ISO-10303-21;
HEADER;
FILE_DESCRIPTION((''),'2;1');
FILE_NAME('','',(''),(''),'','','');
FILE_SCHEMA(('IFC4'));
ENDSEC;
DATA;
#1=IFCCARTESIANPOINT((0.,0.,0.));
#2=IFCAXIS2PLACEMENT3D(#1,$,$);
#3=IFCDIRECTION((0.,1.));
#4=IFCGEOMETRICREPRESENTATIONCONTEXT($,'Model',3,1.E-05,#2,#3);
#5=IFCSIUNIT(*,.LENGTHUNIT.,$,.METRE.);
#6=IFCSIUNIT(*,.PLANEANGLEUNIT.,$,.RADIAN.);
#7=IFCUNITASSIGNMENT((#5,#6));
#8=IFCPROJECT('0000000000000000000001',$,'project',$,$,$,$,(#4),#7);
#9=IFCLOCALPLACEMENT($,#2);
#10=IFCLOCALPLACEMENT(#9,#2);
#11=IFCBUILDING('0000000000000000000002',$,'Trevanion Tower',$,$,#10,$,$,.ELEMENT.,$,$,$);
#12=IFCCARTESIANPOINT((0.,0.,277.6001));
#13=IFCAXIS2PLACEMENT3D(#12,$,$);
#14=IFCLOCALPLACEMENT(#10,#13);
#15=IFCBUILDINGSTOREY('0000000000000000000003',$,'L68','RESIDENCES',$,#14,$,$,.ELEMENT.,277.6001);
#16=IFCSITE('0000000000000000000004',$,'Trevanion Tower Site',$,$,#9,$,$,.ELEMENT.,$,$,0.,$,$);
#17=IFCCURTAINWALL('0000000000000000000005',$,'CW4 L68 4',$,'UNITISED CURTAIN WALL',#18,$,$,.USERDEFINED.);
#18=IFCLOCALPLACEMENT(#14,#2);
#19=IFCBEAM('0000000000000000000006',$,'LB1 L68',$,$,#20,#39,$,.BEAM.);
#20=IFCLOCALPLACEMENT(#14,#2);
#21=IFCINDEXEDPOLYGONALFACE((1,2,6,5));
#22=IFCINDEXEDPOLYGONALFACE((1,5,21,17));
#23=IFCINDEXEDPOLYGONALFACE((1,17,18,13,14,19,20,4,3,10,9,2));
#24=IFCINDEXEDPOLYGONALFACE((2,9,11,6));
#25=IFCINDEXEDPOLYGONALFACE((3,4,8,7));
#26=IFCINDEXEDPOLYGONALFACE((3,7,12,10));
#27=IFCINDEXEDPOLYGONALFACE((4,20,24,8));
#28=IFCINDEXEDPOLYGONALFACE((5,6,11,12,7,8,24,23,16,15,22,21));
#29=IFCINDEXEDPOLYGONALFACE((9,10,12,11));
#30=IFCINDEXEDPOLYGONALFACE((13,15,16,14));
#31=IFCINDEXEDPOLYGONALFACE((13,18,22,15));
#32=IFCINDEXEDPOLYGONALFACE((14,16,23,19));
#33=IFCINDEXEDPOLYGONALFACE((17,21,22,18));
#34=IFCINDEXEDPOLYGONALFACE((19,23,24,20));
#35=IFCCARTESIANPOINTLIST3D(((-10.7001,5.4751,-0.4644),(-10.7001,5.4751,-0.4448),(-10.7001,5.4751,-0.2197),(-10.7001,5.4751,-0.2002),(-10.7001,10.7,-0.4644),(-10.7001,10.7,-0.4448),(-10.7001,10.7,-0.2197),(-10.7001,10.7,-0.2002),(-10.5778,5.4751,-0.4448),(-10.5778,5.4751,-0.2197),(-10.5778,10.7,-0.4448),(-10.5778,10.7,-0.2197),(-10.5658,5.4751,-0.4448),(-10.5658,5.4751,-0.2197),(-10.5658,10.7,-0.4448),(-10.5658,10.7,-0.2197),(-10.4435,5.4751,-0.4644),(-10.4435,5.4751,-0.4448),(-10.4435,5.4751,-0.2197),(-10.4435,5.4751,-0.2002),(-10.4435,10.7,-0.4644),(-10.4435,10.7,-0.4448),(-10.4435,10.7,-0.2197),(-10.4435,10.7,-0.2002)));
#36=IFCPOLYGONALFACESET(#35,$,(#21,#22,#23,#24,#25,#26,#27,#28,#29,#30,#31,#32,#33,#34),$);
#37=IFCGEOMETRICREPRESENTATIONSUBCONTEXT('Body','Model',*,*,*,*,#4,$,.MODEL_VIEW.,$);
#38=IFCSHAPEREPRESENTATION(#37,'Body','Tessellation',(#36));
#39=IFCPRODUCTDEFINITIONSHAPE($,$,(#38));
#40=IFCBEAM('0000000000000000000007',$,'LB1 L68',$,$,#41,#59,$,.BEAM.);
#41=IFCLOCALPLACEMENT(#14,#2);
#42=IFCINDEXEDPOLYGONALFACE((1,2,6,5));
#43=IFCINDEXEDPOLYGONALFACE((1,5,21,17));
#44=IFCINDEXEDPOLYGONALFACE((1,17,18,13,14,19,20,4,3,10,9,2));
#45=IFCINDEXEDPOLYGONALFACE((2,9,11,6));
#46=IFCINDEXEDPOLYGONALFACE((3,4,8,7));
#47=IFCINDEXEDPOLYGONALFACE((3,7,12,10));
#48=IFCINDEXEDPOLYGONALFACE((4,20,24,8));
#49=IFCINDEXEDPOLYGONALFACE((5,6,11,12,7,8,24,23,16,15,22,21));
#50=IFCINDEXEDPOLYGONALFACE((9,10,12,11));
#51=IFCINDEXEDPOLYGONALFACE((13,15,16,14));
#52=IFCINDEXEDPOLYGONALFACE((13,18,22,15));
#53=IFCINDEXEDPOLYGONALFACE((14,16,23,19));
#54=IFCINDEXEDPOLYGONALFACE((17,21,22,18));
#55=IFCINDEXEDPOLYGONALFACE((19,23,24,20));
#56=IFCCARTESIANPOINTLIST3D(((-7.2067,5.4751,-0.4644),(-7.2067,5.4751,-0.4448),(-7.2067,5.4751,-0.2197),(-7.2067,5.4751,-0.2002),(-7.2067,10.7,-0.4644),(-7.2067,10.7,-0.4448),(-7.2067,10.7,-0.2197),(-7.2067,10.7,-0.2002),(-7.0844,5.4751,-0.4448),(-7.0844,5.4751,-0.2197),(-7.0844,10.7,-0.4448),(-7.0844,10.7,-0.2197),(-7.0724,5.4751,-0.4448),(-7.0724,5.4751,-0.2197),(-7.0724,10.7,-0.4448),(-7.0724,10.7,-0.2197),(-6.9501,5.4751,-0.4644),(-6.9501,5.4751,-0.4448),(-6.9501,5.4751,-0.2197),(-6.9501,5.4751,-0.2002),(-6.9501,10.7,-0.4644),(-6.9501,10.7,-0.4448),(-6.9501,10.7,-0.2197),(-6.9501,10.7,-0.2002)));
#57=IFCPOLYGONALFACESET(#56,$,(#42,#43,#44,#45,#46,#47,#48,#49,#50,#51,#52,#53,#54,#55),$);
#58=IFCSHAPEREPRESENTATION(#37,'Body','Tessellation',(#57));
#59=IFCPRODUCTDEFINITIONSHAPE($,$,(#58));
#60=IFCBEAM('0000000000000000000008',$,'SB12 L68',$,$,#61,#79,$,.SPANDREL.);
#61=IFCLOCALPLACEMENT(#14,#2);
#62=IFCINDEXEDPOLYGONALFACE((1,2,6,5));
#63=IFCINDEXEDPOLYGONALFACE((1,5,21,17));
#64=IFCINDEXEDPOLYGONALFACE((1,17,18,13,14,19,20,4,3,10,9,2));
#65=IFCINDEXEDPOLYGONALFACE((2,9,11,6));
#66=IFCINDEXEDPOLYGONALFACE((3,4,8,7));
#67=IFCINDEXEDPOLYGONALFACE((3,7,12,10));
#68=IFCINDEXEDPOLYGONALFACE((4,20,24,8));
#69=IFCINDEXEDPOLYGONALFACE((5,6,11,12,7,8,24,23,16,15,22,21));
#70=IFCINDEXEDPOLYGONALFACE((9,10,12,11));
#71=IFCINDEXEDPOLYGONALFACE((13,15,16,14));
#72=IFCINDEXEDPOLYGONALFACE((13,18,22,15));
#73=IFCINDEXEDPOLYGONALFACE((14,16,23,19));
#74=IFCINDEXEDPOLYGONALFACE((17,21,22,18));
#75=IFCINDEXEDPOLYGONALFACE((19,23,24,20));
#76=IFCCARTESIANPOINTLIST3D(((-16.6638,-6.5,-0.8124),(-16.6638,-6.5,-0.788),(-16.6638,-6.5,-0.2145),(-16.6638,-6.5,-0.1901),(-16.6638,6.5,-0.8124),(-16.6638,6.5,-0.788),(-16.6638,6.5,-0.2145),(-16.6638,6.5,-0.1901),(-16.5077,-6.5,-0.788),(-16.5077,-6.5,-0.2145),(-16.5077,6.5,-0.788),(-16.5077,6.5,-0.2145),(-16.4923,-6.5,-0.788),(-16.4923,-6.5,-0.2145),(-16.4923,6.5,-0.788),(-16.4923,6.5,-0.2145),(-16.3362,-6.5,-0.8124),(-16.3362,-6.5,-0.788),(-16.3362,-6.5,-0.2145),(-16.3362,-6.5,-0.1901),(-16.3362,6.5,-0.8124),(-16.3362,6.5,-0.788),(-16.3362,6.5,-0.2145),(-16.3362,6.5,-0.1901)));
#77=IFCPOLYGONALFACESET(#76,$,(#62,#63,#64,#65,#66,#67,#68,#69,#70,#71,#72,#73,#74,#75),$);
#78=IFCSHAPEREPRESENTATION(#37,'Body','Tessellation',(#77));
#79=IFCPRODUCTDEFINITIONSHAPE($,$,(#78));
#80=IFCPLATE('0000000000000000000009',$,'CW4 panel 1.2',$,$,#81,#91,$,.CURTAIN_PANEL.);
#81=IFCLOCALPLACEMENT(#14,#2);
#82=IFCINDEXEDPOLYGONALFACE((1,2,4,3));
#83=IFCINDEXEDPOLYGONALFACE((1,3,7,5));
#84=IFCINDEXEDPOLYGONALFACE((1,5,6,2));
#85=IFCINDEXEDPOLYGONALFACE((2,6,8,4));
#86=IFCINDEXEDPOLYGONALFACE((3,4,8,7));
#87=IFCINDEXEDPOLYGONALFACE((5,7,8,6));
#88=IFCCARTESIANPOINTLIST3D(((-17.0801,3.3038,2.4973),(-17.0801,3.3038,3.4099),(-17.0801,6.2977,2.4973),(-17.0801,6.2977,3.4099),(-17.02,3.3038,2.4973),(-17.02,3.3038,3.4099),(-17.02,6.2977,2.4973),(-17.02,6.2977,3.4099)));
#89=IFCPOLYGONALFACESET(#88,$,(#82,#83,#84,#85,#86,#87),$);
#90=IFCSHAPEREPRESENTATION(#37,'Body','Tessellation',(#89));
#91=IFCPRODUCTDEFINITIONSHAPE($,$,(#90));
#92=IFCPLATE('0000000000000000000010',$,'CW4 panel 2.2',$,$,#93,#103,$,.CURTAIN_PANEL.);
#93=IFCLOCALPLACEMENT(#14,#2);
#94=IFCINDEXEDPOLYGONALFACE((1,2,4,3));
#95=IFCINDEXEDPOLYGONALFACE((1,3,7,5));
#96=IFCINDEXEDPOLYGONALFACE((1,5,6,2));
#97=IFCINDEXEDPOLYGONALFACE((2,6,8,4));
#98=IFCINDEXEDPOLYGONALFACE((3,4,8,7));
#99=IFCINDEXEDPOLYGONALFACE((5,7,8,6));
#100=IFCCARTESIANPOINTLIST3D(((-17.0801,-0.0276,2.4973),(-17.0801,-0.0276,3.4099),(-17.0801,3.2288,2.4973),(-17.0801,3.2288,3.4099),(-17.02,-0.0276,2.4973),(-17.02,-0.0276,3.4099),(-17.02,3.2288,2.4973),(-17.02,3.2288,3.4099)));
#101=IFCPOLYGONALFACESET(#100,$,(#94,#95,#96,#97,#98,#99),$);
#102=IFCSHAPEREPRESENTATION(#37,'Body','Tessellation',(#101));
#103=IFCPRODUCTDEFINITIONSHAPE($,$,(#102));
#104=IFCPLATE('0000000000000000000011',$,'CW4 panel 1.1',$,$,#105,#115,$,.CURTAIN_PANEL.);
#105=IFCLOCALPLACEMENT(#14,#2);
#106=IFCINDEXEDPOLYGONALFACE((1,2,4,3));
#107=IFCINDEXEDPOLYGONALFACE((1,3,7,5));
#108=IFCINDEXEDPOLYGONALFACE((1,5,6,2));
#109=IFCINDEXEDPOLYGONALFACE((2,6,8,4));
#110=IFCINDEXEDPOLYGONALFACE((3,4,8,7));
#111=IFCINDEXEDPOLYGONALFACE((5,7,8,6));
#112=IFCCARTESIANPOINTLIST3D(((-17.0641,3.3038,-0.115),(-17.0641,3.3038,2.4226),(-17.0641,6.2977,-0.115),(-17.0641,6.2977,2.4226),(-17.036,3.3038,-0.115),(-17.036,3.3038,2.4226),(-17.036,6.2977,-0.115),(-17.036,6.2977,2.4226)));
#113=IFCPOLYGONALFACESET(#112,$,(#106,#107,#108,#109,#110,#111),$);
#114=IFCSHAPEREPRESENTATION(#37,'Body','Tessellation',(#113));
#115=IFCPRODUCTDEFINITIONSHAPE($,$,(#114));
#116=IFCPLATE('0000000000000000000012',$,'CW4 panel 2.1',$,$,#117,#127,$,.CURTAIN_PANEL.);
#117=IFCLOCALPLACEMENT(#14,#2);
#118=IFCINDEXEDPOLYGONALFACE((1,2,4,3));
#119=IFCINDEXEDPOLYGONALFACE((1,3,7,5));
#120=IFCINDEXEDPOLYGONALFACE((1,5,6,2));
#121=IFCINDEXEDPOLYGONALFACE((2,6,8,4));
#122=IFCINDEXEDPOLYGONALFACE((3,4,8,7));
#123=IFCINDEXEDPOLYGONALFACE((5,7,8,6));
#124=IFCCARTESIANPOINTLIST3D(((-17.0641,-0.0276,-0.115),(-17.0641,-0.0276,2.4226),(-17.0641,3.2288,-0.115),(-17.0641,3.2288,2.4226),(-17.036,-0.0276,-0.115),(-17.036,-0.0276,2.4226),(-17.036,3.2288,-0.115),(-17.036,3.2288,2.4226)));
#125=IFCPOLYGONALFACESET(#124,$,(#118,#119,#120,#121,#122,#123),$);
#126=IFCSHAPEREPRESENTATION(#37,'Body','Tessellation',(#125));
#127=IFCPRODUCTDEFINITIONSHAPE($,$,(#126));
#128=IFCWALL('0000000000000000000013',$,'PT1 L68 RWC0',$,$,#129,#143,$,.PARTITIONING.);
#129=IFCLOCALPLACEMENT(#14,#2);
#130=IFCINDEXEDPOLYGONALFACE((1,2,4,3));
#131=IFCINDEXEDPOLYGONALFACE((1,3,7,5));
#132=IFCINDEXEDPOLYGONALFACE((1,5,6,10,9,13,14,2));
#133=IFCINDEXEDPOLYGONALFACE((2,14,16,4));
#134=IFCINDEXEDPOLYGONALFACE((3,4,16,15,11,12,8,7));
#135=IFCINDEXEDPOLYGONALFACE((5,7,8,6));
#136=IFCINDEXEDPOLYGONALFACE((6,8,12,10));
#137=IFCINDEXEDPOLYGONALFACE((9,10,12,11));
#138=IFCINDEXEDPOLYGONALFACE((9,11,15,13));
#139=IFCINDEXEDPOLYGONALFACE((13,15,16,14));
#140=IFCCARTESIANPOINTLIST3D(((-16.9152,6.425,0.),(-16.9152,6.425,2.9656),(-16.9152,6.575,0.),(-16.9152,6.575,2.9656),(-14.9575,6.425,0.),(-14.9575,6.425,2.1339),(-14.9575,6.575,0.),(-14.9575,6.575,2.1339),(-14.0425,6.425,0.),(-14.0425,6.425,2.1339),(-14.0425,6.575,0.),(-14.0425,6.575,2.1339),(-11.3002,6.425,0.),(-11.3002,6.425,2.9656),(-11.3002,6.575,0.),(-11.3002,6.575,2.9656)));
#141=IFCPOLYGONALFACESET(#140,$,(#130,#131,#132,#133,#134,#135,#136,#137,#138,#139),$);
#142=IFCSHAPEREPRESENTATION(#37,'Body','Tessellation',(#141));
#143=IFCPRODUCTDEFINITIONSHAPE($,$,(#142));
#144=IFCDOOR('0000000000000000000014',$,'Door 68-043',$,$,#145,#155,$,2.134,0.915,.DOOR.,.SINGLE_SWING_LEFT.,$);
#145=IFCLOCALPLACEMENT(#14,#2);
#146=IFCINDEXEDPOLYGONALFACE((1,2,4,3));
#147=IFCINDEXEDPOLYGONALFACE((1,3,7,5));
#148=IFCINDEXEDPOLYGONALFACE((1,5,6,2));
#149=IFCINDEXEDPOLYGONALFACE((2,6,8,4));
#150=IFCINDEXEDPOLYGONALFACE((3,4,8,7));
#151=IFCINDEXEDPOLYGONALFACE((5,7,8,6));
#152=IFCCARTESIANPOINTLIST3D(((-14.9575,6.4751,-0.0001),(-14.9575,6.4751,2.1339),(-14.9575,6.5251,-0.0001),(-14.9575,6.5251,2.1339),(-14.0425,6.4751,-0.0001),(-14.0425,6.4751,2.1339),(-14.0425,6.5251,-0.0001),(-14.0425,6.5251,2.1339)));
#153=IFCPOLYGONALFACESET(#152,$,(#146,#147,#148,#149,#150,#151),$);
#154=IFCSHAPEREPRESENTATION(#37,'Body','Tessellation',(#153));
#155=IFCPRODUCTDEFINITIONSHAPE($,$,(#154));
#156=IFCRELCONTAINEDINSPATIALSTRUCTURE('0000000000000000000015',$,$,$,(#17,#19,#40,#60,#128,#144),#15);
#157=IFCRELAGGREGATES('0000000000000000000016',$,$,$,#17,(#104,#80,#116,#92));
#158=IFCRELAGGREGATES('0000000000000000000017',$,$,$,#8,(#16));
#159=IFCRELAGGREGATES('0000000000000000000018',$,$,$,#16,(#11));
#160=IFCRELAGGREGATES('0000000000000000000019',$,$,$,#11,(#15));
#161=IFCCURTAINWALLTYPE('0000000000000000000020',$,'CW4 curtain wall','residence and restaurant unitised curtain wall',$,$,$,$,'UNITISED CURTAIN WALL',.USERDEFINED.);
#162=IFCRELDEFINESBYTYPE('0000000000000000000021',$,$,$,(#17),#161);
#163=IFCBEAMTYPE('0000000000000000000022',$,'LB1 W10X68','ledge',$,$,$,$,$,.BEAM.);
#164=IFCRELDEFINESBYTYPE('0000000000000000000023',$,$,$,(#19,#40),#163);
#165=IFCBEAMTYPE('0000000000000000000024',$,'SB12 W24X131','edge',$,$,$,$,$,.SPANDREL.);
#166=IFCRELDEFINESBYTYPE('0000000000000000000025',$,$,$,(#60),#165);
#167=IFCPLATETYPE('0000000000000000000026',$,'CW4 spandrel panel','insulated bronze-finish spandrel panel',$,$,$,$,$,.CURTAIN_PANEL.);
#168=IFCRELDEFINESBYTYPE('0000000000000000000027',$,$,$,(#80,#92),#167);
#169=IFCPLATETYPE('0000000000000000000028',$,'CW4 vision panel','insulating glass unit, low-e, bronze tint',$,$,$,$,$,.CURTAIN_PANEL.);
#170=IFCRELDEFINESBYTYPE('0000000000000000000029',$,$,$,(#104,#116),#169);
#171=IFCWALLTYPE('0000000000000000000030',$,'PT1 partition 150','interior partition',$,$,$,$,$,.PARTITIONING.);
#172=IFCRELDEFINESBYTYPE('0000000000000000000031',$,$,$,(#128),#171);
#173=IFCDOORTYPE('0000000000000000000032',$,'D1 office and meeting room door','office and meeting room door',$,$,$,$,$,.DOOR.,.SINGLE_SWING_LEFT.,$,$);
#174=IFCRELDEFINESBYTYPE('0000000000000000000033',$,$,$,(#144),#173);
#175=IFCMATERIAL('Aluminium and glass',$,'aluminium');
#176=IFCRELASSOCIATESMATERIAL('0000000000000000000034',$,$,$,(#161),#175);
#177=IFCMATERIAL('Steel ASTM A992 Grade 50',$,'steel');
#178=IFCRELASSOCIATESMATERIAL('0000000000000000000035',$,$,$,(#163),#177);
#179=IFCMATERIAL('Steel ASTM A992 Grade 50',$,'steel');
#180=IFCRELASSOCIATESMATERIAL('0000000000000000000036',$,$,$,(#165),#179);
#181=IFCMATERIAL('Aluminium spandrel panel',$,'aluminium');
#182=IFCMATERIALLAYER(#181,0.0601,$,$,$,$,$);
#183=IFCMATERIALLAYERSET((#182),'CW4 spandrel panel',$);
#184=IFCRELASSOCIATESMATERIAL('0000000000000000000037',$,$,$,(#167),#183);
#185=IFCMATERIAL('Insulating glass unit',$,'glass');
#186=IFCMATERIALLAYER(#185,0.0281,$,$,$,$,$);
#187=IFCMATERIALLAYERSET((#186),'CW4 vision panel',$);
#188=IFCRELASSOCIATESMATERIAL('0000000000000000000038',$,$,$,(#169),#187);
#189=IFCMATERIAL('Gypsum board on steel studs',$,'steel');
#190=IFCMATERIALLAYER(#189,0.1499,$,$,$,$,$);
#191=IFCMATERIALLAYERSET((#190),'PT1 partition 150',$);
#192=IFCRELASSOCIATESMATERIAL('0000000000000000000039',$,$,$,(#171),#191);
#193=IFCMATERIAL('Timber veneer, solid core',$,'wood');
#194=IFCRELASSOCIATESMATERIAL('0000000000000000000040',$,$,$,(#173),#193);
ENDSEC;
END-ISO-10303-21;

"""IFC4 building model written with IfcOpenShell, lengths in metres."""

from ifc_helpers import new_model, si_unit, direction, frame, frame_2d, origin, origin_2d, place, context, subcontext, project, spatial, rectangle, i_section, extrude, material, layer, layer_set, material_profile, profile_set, type_object, element, fill, aggregate, save


model = new_model("IFC4")

# Units and contexts
model_context = context("Model", 3, precision=1e-05, world=origin(), true_north=direction((0.0, 1.0)))
body_context = subcontext(model_context, "Body", "Model", "MODEL_VIEW")
ifc_project = project(units=[si_unit("LENGTHUNIT", "METRE"), si_unit("PLANEANGLEUNIT", "RADIAN")], contexts=[model_context])

# Site, building, storey
site_placement = place(None, origin())
site = spatial("IfcSite", under=ifc_project, at=site_placement, Name="Trevanion Tower Site", CompositionType="ELEMENT", RefElevation=0.0)
building_placement = place(site_placement, origin())
building = spatial("IfcBuilding", under=site, at=building_placement, Name="Trevanion Tower", CompositionType="ELEMENT")
storey_placement = place(building_placement, frame((0.0, 0.0, 277.6001)))
storey = spatial("IfcBuildingStorey", under=building, at=storey_placement, Name="L68", Description="RESIDENCES", CompositionType="ELEMENT", Elevation=277.6001)

# Curtain wall
ifc_material_1 = material(Name="Aluminium and glass", Category="aluminium")
curtain_wall_type = type_object("IfcCurtainWallType", Name="CW4 curtain wall", Description="residence and restaurant unitised curtain wall", ElementType="UNITISED CURTAIN WALL", PredefinedType="USERDEFINED", material=ifc_material_1)
curtain_wall_1_placement = place(storey_placement, origin())
curtain_wall_1 = element("IfcCurtainWall", 1, at=curtain_wall_1_placement, inside=storey, type_object=curtain_wall_type, Name="CW4 L68 4", ObjectType="UNITISED CURTAIN WALL", PredefinedType="USERDEFINED")

# Beams
ifc_material_2 = material(Name="Steel ASTM A992 Grade 50", Category="steel")
ifc_material_profile_1 = material_profile(ifc_material_2, i_section(OverallWidth=0.2566, OverallDepth=0.2642, WebThickness=0.012, FlangeThickness=0.0195, at=origin_2d()), Name="W10X68")
ifc_profile_set_1 = profile_set([ifc_material_profile_1], Name="Steel ASTM A992 Grade 50")
beam_type_1 = type_object("IfcBeamType", Name="LB1 W10X68", Description="ledge", PredefinedType="BEAM", material=ifc_profile_set_1)
for number, where, z_axis, x_axis, name in (
    (2, (-10.5718, 5.4751, -0.3323), (0.0, 1.0, 0.0), (-1.0, 0.0, 0.0), "LB1 L68"),
    (3, (-7.0784, 5.4751, -0.3323), (0.0, 1.0, 0.0), (-1.0, 0.0, 0.0), "LB1 L68"),
):
    element("IfcBeam", number, at=place(storey_placement, frame(where, z_axis=z_axis, x_axis=x_axis)), inside=storey, type_object=beam_type_1, Name=name, PredefinedType="BEAM", context=body_context, shape_type="SweptSolid", body=[
        extrude(i_section(OverallWidth=0.2566, OverallDepth=0.2642, WebThickness=0.012, FlangeThickness=0.0195, at=origin_2d()), origin(), (0.0, 0.0, 1.0), 5.2249),
    ])
ifc_material_3 = material(Name="Steel ASTM A992 Grade 50", Category="steel")
ifc_material_profile_2 = material_profile(ifc_material_3, i_section(OverallWidth=0.3276, OverallDepth=0.6223, WebThickness=0.0154, FlangeThickness=0.0244, at=origin_2d()), Name="W24X131")
ifc_profile_set_2 = profile_set([ifc_material_profile_2], Name="Steel ASTM A992 Grade 50")
beam_type_2 = type_object("IfcBeamType", Name="SB12 W24X131", Description="edge", PredefinedType="SPANDREL", material=ifc_profile_set_2)
beam_1_placement = place(storey_placement, frame((-16.5, 6.5, -0.5012), z_axis=(0.0, -1.0, 0.0), x_axis=(1.0, 0.0, 0.0)))
element("IfcBeam", 4, at=beam_1_placement, inside=storey, type_object=beam_type_2, Name="SB12 L68", PredefinedType="SPANDREL", context=body_context, shape_type="SweptSolid", body=[
    extrude(i_section(OverallWidth=0.3276, OverallDepth=0.6223, WebThickness=0.0154, FlangeThickness=0.0244, at=origin_2d()), origin(), (0.0, 0.0, 1.0), 13.0),
])

# Plates
ifc_material_4 = material(Name="Aluminium spandrel panel", Category="aluminium")
ifc_layer_1 = layer(ifc_material_4, 0.0601)
ifc_layer_set_1 = layer_set([ifc_layer_1], Name="CW4 spandrel panel")
plate_type_1 = type_object("IfcPlateType", Name="CW4 spandrel panel", Description="insulated bronze-finish spandrel panel", PredefinedType="CURTAIN_PANEL", material=ifc_layer_set_1)
plate_1_placement = place(storey_placement, frame((-17.05, 4.8008, 2.4973), z_axis=(0.0, 0.0, 1.0), x_axis=(0.0, -1.0, 0.0)))
plate_1 = element("IfcPlate", 5, at=plate_1_placement, type_object=plate_type_1, Name="CW4 panel 1.2", PredefinedType="CURTAIN_PANEL", context=body_context, shape_type="SweptSolid", body=[
    extrude(rectangle(XDim=2.9939, YDim=0.0601, at=origin_2d()), origin(), (0.0, 0.0, 1.0), 0.9126),
])
plate_2_placement = place(storey_placement, frame((-17.05, 1.6006, 2.4973), z_axis=(0.0, 0.0, 1.0), x_axis=(0.0, -1.0, 0.0)))
plate_2 = element("IfcPlate", 6, at=plate_2_placement, type_object=plate_type_1, Name="CW4 panel 2.2", PredefinedType="CURTAIN_PANEL", context=body_context, shape_type="SweptSolid", body=[
    extrude(rectangle(XDim=3.2563, YDim=0.0601, at=origin_2d()), origin(), (0.0, 0.0, 1.0), 0.9126),
])
ifc_material_5 = material(Name="Insulating glass unit", Category="glass")
ifc_layer_2 = layer(ifc_material_5, 0.0281)
ifc_layer_set_2 = layer_set([ifc_layer_2], Name="CW4 vision panel")
plate_type_2 = type_object("IfcPlateType", Name="CW4 vision panel", Description="insulating glass unit, low-e, bronze tint", PredefinedType="CURTAIN_PANEL", material=ifc_layer_set_2)
plate_3_placement = place(storey_placement, frame((-17.05, 4.8008, -0.115), z_axis=(0.0, 0.0, 1.0), x_axis=(0.0, -1.0, 0.0)))
plate_3 = element("IfcPlate", 7, at=plate_3_placement, type_object=plate_type_2, Name="CW4 panel 1.1", PredefinedType="CURTAIN_PANEL", context=body_context, shape_type="SweptSolid", body=[
    extrude(rectangle(XDim=2.9939, YDim=0.0281, at=origin_2d()), origin(), (0.0, 0.0, 1.0), 2.5376),
])
plate_4_placement = place(storey_placement, frame((-17.05, 1.6006, -0.115), z_axis=(0.0, 0.0, 1.0), x_axis=(0.0, -1.0, 0.0)))
plate_4 = element("IfcPlate", 8, at=plate_4_placement, type_object=plate_type_2, Name="CW4 panel 2.1", PredefinedType="CURTAIN_PANEL", context=body_context, shape_type="SweptSolid", body=[
    extrude(rectangle(XDim=3.2563, YDim=0.0281, at=origin_2d()), origin(), (0.0, 0.0, 1.0), 2.5376),
])
aggregate(curtain_wall_1, [plate_3, plate_1, plate_4, plate_2])

# Wall, opening, door
ifc_material_6 = material(Name="Gypsum board on steel studs", Category="steel")
ifc_layer_3 = layer(ifc_material_6, 0.1499)
ifc_layer_set_3 = layer_set([ifc_layer_3], Name="PT1 partition 150")
wall_type = type_object("IfcWallType", Name="PT1 partition 150", Description="interior partition", PredefinedType="PARTITIONING", material=ifc_layer_set_3)
wall_1_placement = place(storey_placement, frame((-11.3, 6.5, 0.0), z_axis=(0.0, 0.0, 1.0), x_axis=(-1.0, 0.0, 0.0)))
wall_1 = element("IfcWall", 9, at=wall_1_placement, inside=storey, type_object=wall_type, Name="PT1 L68 RWC0", PredefinedType="PARTITIONING", context=body_context, shape_type="SweptSolid", body=[
    extrude(rectangle(XDim=5.615, YDim=0.1499, at=frame_2d((2.8076, 0.0))), origin(), (0.0, 0.0, 1.0), 2.9656),
])
opening_1_placement = place(wall_1_placement, frame((2.7424, 0.0, 0.0)))
opening_1 = element("IfcOpeningElement", 10, at=opening_1_placement, cuts=wall_1, PredefinedType="OPENING", context=body_context, shape_type="SweptSolid", body=[
    extrude(rectangle(XDim=0.915, YDim=2.134, at=frame_2d((0.4575, 1.0669))), frame((0.0, 0.085, 0.0), z_axis=(0.0, -1.0, 0.0), x_axis=(1.0, 0.0, 0.0)), (0.0, 0.0, 1.0), 0.1699),
])
ifc_material_7 = material(Name="Timber veneer, solid core", Category="wood")
door_type_1 = type_object("IfcDoorType", Name="D1 office and meeting room door", Description="office and meeting room door", OperationType="SINGLE_SWING_LEFT", PredefinedType="DOOR", material=ifc_material_7)
door_1_placement = place(opening_1_placement, origin())
door_1 = element("IfcDoor", 11, at=door_1_placement, inside=storey, type_object=door_type_1, Name="Door 68-043", OperationType="SINGLE_SWING_LEFT", OverallHeight=2.134, OverallWidth=0.915, PredefinedType="DOOR", context=body_context, shape_type="SweptSolid", body=[
    extrude(rectangle(XDim=0.915, YDim=2.134, at=frame_2d((0.4575, 1.0669))), frame((0.0, 0.0249, 0.0), z_axis=(0.0, -1.0, 0.0), x_axis=(1.0, 0.0, 0.0)), (0.0, 0.0, 1.0), 0.05),
])
fill(opening_1, door_1)

save(model, "model.ifc")
